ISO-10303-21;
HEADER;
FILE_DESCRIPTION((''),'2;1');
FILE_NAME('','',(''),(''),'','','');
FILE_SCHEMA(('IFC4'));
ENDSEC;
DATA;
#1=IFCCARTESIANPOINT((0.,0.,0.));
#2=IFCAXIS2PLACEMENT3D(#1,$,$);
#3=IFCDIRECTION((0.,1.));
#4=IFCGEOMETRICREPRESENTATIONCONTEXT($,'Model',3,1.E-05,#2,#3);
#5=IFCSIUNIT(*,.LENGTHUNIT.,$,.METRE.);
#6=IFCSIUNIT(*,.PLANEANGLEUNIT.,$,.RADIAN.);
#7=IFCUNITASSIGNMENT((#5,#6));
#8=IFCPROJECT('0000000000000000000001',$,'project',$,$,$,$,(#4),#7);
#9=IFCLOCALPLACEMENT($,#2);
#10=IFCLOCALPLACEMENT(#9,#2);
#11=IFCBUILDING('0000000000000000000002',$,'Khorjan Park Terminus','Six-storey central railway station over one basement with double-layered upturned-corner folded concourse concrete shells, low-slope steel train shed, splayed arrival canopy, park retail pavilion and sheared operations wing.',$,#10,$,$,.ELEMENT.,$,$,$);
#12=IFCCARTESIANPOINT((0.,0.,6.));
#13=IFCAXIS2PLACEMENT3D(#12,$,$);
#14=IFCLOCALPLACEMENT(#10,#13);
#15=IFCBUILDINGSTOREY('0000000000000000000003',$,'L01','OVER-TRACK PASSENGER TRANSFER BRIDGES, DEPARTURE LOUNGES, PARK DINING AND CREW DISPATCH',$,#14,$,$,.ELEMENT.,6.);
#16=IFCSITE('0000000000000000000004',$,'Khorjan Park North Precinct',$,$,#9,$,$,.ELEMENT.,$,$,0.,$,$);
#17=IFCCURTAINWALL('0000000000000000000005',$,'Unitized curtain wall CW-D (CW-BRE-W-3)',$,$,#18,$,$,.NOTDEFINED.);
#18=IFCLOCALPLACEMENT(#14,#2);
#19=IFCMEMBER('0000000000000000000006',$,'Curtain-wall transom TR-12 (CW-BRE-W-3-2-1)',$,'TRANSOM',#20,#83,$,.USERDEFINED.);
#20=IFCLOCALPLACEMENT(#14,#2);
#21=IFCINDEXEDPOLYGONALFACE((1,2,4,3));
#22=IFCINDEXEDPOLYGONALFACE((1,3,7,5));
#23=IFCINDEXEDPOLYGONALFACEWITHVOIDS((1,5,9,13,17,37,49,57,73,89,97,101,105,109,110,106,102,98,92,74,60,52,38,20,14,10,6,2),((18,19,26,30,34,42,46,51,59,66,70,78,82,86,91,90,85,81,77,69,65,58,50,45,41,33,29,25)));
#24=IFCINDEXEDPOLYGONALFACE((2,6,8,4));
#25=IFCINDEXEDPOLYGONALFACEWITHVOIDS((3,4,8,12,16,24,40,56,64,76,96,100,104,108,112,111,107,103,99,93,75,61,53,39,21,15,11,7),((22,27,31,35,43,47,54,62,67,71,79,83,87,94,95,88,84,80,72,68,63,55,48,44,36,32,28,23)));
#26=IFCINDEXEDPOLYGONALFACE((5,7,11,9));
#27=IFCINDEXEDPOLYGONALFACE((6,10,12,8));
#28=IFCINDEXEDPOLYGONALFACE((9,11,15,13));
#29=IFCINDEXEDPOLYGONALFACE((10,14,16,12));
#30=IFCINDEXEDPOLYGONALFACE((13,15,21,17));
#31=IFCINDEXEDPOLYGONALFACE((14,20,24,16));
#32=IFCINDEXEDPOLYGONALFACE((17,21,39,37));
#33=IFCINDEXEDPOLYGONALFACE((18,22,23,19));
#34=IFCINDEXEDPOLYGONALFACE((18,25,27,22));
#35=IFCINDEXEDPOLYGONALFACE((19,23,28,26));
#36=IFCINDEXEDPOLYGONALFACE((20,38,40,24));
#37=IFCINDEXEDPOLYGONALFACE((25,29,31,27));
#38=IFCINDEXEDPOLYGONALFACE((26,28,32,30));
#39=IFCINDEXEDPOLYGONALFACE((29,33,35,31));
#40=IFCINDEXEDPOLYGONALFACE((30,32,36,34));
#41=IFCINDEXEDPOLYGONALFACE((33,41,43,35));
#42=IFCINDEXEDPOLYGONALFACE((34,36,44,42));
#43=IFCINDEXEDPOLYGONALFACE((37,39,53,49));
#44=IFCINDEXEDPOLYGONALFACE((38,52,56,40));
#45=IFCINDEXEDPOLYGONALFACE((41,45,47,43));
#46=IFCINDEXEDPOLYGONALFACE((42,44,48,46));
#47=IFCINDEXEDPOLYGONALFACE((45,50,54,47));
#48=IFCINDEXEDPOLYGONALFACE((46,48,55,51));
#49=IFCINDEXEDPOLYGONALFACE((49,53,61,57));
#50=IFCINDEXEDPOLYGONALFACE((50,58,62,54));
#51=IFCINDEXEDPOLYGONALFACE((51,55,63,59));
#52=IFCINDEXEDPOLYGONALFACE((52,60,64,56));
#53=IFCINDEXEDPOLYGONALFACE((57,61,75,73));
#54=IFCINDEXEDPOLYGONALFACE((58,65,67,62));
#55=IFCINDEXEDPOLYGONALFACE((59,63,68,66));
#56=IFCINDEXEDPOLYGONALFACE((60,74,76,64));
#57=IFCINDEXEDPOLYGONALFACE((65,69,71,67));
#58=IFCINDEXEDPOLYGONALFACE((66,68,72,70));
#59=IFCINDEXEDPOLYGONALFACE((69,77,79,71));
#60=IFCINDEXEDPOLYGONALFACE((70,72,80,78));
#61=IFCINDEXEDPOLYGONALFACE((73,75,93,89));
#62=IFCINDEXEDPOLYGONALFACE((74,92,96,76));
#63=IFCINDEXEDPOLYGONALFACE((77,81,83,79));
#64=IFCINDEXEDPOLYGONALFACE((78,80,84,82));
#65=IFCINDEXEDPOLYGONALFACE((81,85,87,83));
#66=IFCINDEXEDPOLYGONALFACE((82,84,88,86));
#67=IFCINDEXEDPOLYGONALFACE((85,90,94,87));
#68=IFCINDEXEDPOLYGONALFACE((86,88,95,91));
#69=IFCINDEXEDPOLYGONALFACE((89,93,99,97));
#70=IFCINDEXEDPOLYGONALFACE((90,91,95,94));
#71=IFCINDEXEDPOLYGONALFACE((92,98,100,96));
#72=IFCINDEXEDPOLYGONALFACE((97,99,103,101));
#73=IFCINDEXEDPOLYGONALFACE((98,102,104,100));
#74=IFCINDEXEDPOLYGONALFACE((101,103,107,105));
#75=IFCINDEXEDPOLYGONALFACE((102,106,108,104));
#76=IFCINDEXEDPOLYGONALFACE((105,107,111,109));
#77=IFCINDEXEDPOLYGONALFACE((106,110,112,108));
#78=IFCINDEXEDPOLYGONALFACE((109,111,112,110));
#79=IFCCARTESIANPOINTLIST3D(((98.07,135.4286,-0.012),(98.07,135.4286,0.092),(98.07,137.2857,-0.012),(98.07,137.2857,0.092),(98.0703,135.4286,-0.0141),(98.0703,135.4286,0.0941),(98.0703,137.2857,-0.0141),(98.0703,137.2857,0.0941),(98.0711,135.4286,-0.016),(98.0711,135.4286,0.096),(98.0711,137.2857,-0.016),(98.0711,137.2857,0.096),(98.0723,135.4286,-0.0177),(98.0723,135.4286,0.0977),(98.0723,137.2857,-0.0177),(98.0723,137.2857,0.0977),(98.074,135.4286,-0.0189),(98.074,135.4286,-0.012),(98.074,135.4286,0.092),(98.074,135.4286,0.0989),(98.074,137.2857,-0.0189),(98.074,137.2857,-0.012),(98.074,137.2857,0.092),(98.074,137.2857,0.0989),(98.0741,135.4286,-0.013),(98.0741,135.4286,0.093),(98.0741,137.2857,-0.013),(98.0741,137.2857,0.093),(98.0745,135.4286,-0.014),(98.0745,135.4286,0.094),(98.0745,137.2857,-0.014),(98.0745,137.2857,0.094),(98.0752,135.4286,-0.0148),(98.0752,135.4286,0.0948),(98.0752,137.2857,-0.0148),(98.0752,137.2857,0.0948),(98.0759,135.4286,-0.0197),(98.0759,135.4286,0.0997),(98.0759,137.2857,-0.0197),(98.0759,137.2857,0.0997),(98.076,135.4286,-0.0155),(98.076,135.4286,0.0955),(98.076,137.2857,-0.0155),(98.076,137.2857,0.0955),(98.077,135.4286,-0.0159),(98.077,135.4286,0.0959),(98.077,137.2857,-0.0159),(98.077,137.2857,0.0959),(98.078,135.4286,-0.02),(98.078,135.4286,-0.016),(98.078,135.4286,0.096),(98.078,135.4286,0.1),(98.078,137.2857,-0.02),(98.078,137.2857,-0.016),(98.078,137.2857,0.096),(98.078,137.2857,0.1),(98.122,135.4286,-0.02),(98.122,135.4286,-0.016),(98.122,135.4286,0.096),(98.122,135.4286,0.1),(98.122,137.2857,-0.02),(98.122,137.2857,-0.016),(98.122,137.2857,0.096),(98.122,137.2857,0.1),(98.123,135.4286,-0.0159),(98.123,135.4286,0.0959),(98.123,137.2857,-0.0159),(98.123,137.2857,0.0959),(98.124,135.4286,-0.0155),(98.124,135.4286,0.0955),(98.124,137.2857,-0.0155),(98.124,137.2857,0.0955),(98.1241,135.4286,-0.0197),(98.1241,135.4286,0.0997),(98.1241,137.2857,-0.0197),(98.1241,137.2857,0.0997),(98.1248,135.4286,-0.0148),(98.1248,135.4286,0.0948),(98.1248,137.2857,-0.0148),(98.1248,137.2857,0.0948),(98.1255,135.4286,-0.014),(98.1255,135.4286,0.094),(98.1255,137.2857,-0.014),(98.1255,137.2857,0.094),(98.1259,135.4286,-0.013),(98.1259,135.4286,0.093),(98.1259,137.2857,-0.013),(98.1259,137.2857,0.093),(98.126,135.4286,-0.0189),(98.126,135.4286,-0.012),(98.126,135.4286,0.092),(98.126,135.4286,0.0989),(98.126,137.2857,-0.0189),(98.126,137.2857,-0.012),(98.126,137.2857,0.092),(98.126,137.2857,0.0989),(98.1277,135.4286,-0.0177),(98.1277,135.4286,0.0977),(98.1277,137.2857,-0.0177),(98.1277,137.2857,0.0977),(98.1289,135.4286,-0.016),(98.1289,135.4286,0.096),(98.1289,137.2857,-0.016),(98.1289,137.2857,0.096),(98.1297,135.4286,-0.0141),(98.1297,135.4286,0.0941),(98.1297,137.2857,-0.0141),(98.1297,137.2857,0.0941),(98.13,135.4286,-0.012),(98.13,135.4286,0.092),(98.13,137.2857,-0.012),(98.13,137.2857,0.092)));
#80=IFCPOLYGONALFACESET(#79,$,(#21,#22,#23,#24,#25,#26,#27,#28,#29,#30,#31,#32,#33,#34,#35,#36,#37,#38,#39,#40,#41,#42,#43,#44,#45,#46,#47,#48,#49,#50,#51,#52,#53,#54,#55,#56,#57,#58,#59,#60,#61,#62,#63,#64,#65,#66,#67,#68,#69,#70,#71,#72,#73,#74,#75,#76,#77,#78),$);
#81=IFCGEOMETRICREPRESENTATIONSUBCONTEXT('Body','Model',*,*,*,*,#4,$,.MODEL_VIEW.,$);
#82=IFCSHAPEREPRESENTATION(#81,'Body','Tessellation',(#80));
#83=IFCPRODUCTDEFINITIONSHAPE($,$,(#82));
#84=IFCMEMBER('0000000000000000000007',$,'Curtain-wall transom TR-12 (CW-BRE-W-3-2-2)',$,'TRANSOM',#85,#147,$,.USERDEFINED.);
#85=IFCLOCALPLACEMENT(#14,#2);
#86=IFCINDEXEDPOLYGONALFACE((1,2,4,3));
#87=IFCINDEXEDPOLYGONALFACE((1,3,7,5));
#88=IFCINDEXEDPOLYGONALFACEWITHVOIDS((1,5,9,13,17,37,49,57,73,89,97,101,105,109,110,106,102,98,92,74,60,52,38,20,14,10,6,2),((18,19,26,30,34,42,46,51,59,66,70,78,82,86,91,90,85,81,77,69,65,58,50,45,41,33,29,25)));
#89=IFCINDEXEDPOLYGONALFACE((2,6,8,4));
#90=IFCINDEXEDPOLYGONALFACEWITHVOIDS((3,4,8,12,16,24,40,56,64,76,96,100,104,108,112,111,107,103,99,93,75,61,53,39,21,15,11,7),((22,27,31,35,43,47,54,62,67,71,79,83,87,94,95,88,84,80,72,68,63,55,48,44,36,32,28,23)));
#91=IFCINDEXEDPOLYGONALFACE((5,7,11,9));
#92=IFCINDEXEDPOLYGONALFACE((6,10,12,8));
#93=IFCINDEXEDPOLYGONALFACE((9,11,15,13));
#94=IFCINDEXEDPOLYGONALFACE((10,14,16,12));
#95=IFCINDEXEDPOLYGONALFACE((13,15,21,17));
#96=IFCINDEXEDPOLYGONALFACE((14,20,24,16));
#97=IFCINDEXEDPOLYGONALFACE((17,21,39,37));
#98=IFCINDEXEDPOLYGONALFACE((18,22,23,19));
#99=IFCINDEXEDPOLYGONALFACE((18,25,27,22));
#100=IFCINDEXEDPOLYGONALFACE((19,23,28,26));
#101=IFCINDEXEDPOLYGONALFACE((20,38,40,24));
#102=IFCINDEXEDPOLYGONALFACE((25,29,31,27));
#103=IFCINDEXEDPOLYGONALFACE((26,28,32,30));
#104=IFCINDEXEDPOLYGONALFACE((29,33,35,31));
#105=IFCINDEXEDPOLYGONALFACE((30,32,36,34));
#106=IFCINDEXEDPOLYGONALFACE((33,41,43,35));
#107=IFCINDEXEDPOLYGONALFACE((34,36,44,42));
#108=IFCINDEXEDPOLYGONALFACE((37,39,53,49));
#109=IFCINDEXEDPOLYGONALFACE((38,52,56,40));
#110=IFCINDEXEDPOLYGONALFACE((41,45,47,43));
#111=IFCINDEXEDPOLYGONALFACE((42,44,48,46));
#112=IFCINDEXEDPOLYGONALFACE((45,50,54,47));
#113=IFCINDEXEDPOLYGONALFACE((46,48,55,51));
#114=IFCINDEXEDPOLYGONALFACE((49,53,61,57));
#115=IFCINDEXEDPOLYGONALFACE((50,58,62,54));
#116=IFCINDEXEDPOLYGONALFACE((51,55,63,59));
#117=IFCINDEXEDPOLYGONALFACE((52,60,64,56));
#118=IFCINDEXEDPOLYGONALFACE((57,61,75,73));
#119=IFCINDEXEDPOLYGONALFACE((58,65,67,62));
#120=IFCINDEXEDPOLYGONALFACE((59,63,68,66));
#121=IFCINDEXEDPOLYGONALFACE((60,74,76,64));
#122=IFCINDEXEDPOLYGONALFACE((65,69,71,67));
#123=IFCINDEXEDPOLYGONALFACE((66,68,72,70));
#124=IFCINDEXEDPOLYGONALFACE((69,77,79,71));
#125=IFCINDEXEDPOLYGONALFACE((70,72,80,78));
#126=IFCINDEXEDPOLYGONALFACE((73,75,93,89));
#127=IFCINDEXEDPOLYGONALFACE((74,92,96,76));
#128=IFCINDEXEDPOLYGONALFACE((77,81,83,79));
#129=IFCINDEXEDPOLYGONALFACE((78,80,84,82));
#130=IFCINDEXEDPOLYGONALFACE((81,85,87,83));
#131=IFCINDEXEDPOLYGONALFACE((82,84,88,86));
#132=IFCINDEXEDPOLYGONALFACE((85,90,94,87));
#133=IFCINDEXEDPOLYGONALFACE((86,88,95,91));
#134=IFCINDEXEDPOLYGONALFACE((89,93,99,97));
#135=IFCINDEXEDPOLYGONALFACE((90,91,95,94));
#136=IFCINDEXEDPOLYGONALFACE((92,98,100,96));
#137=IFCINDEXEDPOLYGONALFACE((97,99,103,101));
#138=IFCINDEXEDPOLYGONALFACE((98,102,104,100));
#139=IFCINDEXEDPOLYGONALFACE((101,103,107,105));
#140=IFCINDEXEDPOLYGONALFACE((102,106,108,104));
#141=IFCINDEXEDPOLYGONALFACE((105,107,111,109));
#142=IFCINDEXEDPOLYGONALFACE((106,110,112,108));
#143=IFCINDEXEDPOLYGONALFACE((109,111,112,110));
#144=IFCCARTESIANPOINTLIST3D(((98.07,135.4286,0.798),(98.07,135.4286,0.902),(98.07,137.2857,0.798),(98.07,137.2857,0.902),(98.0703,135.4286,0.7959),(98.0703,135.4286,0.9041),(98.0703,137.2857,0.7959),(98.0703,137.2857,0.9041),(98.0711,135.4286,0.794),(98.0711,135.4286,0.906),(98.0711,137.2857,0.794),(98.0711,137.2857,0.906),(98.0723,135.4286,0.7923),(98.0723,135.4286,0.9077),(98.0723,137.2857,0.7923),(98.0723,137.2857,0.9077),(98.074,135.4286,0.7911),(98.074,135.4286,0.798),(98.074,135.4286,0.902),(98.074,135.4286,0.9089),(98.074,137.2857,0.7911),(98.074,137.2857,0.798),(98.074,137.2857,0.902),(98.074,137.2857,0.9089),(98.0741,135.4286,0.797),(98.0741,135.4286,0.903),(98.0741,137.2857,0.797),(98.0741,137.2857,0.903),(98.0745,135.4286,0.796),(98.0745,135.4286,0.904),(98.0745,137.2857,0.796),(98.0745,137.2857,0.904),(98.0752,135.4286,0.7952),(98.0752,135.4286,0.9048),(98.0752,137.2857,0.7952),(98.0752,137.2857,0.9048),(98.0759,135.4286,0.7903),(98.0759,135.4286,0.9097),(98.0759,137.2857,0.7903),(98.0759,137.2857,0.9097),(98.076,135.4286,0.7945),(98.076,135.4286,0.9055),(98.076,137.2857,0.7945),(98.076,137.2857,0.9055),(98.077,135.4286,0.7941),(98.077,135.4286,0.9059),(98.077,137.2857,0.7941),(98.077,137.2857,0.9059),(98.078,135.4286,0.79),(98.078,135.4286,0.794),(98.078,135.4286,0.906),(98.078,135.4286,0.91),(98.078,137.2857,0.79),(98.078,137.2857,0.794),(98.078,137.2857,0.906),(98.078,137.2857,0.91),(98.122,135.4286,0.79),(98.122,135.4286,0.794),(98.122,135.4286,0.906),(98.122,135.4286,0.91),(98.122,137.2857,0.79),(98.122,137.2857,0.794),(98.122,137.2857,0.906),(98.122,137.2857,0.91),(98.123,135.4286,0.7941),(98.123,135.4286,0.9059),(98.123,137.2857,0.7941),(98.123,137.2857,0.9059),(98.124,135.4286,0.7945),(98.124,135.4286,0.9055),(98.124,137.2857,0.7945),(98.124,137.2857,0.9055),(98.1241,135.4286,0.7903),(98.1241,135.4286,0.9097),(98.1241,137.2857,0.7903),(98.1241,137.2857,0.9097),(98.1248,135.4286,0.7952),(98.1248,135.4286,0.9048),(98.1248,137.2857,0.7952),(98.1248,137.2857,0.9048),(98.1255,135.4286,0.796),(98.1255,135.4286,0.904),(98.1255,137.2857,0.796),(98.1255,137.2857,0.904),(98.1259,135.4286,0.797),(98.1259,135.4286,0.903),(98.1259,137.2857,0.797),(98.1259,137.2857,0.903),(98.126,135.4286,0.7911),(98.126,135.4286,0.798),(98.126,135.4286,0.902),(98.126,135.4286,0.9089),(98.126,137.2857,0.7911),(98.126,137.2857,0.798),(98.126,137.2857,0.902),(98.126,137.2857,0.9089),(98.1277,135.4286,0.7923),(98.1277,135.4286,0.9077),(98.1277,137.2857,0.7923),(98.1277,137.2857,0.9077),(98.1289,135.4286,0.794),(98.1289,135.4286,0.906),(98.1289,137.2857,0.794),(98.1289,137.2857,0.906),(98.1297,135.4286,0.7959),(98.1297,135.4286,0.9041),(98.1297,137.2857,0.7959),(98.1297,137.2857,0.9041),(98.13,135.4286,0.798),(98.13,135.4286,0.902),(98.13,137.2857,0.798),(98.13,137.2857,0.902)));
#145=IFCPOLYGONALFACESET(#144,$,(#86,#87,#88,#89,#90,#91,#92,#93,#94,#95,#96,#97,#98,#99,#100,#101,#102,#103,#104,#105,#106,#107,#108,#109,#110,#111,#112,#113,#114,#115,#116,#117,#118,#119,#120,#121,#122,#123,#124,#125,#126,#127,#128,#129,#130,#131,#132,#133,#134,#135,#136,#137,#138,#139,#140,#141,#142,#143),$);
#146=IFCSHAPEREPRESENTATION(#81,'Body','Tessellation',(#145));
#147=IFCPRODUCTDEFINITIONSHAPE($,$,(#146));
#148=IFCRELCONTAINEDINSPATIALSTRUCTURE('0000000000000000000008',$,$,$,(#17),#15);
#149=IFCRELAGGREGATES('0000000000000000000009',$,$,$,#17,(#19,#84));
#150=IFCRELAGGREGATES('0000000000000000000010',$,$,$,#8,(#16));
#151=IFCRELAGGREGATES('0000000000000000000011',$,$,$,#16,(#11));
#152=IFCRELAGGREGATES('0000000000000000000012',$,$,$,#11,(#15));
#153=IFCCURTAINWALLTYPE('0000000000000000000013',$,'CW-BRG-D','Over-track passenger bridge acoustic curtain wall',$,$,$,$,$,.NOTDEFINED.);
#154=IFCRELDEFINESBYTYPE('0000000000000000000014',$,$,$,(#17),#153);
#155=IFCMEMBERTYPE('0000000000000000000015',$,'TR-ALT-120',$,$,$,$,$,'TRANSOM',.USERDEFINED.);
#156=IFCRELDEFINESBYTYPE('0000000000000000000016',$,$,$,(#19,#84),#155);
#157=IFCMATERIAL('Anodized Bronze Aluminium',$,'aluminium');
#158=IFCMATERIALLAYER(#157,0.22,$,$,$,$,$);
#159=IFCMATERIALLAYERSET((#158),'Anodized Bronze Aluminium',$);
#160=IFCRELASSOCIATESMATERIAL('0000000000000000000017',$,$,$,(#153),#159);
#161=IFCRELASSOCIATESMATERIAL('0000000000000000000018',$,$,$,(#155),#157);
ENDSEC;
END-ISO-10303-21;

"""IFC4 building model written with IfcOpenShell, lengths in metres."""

from ifc_helpers import new_model, si_unit, direction, frame, origin, origin_2d, place, context, subcontext, project, spatial, hollow_rectangle, extrude, material, layer, layer_set, material_profile, profile_set, type_object, element, aggregate, save


model = new_model("IFC4")

# Units and contexts
model_context = context("Model", 3, precision=1e-05, world=origin(), true_north=direction((0.0, 1.0)))
body_context = subcontext(model_context, "Body", "Model", "MODEL_VIEW")
ifc_project = project(units=[si_unit("LENGTHUNIT", "METRE"), si_unit("PLANEANGLEUNIT", "RADIAN")], contexts=[model_context])

# Site, building, storey
site_placement = place(None, origin())
site = spatial("IfcSite", under=ifc_project, at=site_placement, Name="Khorjan Park North Precinct", CompositionType="ELEMENT", RefElevation=0.0)
building_placement = place(site_placement, origin())
building = spatial("IfcBuilding", under=site, at=building_placement, Name="Khorjan Park Terminus", Description="Six-storey central railway station over one basement with double-layered upturned-corner folded concourse concrete shells, low-slope steel train shed, splayed arrival canopy, park retail pavilion and sheared operations wing.", CompositionType="ELEMENT")
storey_placement = place(building_placement, frame((0.0, 0.0, 6.0)))
storey = spatial("IfcBuildingStorey", under=building, at=storey_placement, Name="L01", Description="OVER-TRACK PASSENGER TRANSFER BRIDGES, DEPARTURE LOUNGES, PARK DINING AND CREW DISPATCH", CompositionType="ELEMENT", Elevation=6.0)

# Curtain wall, members
ifc_material_1 = material(Name="Anodized Bronze Aluminium", Category="aluminium")
ifc_layer_1 = layer(ifc_material_1, 0.22)
ifc_layer_set_1 = layer_set([ifc_layer_1], Name="Anodized Bronze Aluminium")
curtain_wall_type = type_object("IfcCurtainWallType", Name="CW-BRG-D", Description="Over-track passenger bridge acoustic curtain wall", PredefinedType="NOTDEFINED", material=ifc_layer_set_1)
curtain_wall_1_placement = place(storey_placement, origin())
curtain_wall_1 = element("IfcCurtainWall", 1, at=curtain_wall_1_placement, inside=storey, type_object=curtain_wall_type, Name="Unitized curtain wall CW-D (CW-BRE-W-3)", PredefinedType="NOTDEFINED")
ifc_material_profile_1 = material_profile(ifc_material_1, hollow_rectangle(XDim=0.06, YDim=0.12, WallThickness=0.004, InnerFilletRadius=0.004, OuterFilletRadius=0.008, at=origin_2d()), Name="ALT 60x120x4")
ifc_profile_set_1 = profile_set([ifc_material_profile_1], Name="Anodized Bronze Aluminium")
member_type_1 = type_object("IfcMemberType", Name="TR-ALT-120", ElementType="TRANSOM", PredefinedType="USERDEFINED", material=ifc_profile_set_1)
member_1_placement = place(storey_placement, frame((98.1, 137.2857, 0.04), z_axis=(0.0, -1.0, 0.0), x_axis=(1.0, 0.0, 0.0)))
member_1 = element("IfcMember", 2, at=member_1_placement, type_object=member_type_1, Name="Curtain-wall transom TR-12 (CW-BRE-W-3-2-1)", ObjectType="TRANSOM", PredefinedType="USERDEFINED", context=body_context, shape_type="SweptSolid", body=[
    extrude(hollow_rectangle(XDim=0.06, YDim=0.12, WallThickness=0.004, InnerFilletRadius=0.004, OuterFilletRadius=0.008, at=origin_2d()), origin(), (0.0, 0.0, 1.0), 1.8571),
])
member_2_placement = place(storey_placement, frame((98.1, 137.2857, 0.85), z_axis=(0.0, -1.0, 0.0), x_axis=(1.0, 0.0, 0.0)))
member_2 = element("IfcMember", 3, at=member_2_placement, type_object=member_type_1, Name="Curtain-wall transom TR-12 (CW-BRE-W-3-2-2)", ObjectType="TRANSOM", PredefinedType="USERDEFINED", context=body_context, shape_type="SweptSolid", body=[
    extrude(hollow_rectangle(XDim=0.06, YDim=0.12, WallThickness=0.004, InnerFilletRadius=0.004, OuterFilletRadius=0.008, at=origin_2d()), origin(), (0.0, 0.0, 1.0), 1.8571),
])

aggregate(curtain_wall_1, [member_1, member_2])

save(model, "model.ifc")
